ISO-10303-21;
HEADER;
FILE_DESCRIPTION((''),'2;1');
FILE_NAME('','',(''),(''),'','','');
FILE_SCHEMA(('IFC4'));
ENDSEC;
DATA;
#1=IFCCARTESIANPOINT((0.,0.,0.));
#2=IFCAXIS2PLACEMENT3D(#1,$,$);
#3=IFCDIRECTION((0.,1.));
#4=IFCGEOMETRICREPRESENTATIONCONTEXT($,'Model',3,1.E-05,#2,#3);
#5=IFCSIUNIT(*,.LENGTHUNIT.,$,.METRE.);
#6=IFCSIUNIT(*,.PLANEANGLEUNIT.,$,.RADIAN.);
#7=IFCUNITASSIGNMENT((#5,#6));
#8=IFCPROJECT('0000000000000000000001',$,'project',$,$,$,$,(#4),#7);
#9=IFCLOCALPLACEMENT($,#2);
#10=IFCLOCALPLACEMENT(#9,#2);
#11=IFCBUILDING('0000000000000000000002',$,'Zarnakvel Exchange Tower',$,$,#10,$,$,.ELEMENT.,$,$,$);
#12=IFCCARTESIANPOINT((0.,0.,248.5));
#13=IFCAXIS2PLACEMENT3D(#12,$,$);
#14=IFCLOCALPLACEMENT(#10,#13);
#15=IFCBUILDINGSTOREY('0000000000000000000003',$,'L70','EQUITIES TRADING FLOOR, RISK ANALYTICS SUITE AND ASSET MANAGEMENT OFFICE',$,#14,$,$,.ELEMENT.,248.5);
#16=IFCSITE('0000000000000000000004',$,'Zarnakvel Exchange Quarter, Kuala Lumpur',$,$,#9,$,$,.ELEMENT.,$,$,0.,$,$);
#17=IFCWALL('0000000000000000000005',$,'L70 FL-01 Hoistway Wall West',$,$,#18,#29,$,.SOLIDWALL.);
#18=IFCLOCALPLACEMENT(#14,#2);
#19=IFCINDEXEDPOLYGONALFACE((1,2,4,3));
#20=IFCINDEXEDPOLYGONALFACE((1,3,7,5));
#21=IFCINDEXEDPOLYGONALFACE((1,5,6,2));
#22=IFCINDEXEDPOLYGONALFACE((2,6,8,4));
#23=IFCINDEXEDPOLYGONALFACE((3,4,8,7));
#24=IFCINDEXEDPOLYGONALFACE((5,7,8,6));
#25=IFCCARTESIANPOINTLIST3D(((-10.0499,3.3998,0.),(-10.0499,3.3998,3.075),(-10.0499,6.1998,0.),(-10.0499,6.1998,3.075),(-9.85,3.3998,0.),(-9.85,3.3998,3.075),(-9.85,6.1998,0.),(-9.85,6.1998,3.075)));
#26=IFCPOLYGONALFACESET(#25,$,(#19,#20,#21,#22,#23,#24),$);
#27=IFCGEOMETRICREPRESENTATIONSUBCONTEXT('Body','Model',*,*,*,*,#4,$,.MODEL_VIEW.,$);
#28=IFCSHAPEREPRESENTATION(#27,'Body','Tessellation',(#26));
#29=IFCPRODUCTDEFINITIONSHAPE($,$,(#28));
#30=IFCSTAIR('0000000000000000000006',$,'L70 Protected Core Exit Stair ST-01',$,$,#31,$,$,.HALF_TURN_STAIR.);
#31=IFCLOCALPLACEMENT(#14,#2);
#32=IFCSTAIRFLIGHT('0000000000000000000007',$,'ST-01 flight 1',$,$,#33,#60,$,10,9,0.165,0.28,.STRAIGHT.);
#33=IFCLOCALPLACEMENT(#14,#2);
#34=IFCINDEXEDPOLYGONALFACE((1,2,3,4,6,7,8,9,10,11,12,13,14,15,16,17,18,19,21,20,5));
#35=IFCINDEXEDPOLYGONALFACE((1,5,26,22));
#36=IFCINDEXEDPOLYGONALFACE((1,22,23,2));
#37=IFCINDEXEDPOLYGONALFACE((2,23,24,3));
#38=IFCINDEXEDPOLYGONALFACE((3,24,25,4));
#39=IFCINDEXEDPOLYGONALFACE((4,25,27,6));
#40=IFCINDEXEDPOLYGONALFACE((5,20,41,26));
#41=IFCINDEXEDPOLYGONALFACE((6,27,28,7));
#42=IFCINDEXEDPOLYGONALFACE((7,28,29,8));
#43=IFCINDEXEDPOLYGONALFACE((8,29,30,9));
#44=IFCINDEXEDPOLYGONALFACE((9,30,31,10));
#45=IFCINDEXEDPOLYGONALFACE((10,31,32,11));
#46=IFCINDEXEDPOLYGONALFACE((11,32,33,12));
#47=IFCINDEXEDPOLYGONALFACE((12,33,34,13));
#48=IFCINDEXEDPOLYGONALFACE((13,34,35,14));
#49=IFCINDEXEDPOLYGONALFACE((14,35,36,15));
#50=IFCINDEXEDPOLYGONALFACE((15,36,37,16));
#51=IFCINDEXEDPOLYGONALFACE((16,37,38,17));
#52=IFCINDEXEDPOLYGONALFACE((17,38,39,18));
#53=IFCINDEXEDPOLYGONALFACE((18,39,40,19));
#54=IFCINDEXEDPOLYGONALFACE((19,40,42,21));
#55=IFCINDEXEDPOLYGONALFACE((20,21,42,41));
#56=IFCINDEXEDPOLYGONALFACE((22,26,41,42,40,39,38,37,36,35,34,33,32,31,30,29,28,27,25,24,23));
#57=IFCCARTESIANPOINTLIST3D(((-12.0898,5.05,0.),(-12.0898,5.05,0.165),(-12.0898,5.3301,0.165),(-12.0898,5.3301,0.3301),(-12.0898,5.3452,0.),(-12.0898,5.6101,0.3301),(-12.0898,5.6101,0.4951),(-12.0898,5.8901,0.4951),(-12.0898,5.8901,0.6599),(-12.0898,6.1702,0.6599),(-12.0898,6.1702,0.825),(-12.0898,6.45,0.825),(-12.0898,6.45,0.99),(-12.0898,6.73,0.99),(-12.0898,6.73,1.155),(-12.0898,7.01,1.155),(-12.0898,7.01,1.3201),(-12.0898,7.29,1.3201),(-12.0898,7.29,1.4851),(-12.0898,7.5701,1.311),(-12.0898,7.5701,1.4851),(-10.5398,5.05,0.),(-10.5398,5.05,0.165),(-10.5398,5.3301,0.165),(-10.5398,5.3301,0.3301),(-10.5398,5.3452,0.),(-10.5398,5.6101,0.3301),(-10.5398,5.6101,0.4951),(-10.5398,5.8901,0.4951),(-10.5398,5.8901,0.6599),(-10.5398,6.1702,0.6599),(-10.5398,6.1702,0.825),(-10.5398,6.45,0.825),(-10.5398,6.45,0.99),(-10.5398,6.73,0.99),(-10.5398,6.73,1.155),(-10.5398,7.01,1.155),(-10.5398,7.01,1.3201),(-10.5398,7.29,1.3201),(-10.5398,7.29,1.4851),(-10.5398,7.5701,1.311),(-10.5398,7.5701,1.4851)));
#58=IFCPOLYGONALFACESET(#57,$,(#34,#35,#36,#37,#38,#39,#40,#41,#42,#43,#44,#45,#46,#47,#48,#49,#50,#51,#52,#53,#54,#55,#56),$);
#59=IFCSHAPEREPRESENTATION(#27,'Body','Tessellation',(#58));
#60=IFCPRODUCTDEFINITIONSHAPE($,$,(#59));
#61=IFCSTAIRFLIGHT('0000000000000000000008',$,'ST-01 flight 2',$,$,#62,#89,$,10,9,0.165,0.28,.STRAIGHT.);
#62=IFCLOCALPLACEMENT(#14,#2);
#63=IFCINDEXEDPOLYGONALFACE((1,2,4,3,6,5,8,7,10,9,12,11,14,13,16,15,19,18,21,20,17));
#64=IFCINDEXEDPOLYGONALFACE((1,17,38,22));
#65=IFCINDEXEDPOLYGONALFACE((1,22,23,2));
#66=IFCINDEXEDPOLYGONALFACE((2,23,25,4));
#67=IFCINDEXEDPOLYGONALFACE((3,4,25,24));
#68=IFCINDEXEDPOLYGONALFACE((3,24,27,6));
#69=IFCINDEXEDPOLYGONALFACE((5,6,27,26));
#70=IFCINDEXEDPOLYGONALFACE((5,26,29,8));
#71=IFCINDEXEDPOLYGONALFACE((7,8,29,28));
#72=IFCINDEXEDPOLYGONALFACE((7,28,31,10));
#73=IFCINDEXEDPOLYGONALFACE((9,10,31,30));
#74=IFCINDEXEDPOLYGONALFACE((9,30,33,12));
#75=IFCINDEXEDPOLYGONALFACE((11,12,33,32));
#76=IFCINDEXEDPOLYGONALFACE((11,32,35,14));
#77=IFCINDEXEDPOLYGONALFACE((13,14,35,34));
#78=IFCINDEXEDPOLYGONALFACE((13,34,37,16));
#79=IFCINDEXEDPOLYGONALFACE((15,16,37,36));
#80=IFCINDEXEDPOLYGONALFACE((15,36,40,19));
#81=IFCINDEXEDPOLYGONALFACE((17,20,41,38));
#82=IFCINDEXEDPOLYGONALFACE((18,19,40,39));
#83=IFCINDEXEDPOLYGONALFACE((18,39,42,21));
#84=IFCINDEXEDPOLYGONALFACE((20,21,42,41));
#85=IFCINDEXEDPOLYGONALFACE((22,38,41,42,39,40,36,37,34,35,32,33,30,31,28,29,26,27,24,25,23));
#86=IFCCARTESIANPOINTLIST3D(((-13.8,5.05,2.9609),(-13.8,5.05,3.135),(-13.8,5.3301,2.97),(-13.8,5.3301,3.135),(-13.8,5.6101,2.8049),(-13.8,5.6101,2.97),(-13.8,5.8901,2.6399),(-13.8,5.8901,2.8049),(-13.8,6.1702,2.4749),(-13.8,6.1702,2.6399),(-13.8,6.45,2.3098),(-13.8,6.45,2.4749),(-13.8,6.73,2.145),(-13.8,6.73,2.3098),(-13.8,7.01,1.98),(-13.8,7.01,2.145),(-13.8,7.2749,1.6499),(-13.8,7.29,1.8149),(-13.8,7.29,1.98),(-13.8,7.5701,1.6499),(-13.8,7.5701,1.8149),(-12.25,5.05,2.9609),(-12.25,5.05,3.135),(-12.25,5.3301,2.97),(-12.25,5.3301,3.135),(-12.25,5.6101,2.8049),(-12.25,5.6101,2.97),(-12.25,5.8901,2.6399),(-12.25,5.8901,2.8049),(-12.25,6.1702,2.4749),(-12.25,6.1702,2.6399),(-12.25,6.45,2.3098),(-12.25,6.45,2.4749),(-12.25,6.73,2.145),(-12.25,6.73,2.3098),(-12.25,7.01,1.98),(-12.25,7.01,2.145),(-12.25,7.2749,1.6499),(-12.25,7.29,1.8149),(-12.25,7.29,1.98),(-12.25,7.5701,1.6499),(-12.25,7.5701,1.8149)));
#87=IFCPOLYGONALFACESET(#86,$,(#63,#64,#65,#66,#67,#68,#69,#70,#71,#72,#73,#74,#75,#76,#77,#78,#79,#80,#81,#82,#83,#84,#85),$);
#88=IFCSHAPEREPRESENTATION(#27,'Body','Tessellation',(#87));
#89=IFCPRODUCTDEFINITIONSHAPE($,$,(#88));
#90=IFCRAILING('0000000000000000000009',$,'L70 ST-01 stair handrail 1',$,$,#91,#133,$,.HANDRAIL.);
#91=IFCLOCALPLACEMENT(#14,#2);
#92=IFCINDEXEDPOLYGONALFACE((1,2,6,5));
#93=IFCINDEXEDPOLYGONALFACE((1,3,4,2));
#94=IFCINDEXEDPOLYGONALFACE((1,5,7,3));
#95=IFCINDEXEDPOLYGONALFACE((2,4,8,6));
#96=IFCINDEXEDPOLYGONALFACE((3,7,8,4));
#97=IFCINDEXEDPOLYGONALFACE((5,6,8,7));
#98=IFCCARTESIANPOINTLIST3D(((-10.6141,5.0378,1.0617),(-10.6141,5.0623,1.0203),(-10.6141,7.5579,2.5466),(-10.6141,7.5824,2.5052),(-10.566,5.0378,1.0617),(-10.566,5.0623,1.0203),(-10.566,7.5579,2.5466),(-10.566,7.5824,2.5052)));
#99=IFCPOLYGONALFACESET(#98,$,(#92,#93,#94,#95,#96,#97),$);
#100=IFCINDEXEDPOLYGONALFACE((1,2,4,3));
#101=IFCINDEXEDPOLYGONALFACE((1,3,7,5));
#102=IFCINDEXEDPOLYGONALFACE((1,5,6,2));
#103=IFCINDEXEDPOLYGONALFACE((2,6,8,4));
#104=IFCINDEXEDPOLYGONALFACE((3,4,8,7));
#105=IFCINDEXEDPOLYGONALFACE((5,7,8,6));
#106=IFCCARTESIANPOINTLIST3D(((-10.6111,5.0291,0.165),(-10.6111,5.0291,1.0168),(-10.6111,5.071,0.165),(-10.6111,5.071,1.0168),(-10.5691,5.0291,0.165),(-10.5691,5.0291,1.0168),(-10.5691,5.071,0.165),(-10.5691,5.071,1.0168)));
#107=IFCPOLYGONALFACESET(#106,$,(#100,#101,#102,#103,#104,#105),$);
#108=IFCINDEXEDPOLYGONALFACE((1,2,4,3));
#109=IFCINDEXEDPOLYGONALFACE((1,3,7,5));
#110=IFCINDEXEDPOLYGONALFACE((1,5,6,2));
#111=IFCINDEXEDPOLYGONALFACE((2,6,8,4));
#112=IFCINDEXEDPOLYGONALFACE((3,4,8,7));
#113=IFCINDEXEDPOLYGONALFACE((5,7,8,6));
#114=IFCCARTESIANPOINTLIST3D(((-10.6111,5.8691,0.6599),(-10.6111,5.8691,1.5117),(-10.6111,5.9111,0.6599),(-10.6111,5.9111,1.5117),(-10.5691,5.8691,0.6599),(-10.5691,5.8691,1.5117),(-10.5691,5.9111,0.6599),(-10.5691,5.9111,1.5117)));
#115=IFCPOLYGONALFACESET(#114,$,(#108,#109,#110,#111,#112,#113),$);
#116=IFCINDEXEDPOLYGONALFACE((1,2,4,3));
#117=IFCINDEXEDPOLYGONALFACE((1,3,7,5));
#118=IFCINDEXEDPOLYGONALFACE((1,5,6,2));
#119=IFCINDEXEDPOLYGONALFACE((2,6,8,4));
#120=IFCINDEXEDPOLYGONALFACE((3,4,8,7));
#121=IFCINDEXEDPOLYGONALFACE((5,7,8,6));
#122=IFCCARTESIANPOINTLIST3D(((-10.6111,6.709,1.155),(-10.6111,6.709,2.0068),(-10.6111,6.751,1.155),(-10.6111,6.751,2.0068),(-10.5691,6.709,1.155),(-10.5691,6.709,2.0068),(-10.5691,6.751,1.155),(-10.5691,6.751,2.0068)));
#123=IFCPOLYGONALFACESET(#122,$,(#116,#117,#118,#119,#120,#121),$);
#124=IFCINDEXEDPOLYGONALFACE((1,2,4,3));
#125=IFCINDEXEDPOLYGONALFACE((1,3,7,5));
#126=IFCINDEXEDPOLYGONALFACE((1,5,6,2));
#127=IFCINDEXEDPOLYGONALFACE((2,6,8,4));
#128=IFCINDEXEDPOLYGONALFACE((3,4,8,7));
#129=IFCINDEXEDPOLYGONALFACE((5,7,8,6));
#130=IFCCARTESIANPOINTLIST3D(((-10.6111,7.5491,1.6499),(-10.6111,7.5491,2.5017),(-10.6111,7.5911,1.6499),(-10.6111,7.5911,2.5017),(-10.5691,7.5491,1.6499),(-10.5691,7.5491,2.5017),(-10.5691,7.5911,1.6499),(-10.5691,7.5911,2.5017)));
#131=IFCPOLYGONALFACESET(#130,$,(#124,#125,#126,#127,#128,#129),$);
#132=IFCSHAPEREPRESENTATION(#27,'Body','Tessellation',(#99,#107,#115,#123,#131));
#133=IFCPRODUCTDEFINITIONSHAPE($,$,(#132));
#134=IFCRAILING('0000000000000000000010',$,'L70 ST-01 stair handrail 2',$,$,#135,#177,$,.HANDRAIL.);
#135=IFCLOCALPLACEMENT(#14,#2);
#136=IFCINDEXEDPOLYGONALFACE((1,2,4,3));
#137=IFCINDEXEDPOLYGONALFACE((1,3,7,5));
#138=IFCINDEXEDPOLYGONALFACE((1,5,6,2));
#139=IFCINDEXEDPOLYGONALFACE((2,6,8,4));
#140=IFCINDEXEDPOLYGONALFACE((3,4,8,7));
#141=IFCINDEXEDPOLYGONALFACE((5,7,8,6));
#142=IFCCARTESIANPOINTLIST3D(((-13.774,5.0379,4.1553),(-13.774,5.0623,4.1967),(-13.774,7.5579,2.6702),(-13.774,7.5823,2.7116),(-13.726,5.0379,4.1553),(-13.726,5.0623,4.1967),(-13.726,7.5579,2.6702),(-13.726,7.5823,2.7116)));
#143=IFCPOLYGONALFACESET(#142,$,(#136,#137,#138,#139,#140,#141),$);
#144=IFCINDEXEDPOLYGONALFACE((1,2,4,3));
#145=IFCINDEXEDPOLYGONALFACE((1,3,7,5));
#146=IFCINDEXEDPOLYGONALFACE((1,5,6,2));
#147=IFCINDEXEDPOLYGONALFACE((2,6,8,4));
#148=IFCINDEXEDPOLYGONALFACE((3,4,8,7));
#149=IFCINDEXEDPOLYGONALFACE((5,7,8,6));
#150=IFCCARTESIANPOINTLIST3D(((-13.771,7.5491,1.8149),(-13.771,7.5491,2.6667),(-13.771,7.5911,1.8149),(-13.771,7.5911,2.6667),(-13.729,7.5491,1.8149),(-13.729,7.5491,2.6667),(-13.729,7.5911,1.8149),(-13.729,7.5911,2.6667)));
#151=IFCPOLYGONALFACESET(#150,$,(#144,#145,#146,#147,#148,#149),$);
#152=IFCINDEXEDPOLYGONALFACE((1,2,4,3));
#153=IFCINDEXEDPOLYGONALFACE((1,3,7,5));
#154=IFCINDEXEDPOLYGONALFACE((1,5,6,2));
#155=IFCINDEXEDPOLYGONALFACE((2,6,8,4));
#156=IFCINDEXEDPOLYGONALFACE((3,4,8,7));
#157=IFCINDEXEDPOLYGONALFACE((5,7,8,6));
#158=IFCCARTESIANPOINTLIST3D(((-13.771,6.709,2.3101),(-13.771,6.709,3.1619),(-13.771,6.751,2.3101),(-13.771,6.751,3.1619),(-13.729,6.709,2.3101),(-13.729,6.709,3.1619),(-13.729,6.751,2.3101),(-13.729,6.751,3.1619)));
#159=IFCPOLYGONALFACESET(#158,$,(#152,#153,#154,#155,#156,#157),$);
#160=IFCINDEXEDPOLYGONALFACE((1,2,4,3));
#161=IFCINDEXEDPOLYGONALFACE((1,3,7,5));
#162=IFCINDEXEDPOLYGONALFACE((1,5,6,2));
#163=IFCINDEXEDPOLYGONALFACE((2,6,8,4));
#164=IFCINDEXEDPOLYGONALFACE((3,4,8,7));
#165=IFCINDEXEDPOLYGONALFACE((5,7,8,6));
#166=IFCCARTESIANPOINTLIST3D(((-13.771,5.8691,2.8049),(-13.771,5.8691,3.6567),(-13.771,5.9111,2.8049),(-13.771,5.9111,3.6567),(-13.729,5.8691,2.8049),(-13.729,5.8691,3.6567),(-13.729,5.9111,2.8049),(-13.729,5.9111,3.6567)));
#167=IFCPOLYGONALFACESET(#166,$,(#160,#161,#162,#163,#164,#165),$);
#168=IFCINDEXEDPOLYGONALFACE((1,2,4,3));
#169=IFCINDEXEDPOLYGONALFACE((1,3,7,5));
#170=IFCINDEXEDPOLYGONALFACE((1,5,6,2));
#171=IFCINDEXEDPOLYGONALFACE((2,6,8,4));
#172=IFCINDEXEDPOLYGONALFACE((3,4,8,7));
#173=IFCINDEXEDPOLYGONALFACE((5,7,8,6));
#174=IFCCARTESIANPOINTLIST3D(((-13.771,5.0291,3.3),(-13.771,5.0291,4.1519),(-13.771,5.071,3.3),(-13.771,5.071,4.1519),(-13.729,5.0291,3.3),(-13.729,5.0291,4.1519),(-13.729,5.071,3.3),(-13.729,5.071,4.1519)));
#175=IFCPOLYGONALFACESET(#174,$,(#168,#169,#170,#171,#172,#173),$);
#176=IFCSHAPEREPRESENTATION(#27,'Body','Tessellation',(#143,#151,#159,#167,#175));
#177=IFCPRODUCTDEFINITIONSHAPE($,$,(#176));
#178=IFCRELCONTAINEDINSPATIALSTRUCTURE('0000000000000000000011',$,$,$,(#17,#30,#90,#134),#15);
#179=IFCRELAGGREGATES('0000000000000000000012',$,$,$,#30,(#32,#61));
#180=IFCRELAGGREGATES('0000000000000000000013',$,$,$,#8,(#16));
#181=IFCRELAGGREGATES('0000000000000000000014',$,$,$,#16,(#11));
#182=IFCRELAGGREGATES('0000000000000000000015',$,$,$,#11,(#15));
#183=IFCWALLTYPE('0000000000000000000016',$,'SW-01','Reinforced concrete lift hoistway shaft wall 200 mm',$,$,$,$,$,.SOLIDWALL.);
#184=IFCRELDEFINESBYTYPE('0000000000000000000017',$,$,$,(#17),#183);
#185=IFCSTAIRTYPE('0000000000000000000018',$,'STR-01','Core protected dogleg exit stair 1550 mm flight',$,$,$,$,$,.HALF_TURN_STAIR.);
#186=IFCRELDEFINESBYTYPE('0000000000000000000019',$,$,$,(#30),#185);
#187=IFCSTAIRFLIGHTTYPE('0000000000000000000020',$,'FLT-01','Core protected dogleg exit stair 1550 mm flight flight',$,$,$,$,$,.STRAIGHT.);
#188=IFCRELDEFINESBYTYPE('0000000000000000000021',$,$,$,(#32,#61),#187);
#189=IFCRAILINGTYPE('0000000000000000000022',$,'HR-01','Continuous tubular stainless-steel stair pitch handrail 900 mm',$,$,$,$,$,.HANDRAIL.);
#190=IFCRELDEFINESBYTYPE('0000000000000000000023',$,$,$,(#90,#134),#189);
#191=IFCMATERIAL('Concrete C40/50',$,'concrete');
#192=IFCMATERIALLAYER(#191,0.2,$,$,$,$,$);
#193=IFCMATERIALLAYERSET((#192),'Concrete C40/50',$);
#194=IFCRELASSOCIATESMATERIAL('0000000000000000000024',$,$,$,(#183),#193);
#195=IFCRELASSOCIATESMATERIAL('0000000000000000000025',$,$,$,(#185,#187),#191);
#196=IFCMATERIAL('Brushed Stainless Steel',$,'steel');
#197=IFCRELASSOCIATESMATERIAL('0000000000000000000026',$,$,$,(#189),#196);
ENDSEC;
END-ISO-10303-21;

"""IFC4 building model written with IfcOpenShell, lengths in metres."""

from ifc_helpers import new_model, si_unit, direction, frame, frame_2d, origin, origin_2d, place, context, subcontext, project, spatial, polyline, rectangle, outline, extrude, material, layer, layer_set, type_object, element, aggregate, save


model = new_model("IFC4")

# Units and contexts
model_context = context("Model", 3, precision=1e-05, world=origin(), true_north=direction((0.0, 1.0)))
body_context = subcontext(model_context, "Body", "Model", "MODEL_VIEW")
ifc_project = project(units=[si_unit("LENGTHUNIT", "METRE"), si_unit("PLANEANGLEUNIT", "RADIAN")], contexts=[model_context])

# Site, building, storey
site_placement = place(None, origin())
site = spatial("IfcSite", under=ifc_project, at=site_placement, Name="Zarnakvel Exchange Quarter, Kuala Lumpur", CompositionType="ELEMENT", RefElevation=0.0)
building_placement = place(site_placement, origin())
building = spatial("IfcBuilding", under=site, at=building_placement, Name="Zarnakvel Exchange Tower", CompositionType="ELEMENT")
storey_placement = place(building_placement, frame((0.0, 0.0, 248.5)))
storey = spatial("IfcBuildingStorey", under=building, at=storey_placement, Name="L70", Description="EQUITIES TRADING FLOOR, RISK ANALYTICS SUITE AND ASSET MANAGEMENT OFFICE", CompositionType="ELEMENT", Elevation=248.5)

# Wall
ifc_material_1 = material(Name="Concrete C40/50", Category="concrete")
ifc_layer_1 = layer(ifc_material_1, 0.2)
ifc_layer_set_1 = layer_set([ifc_layer_1], Name="Concrete C40/50")
wall_type_1 = type_object("IfcWallType", Name="SW-01", Description="Reinforced concrete lift hoistway shaft wall 200 mm", PredefinedType="SOLIDWALL", material=ifc_layer_set_1)
wall_1_placement = place(storey_placement, frame((-9.95, 3.3999, 0.0), z_axis=(0.0, 0.0, 1.0), x_axis=(0.0, 1.0, 0.0)))
element("IfcWall", 1, at=wall_1_placement, inside=storey, type_object=wall_type_1, Name="L70 FL-01 Hoistway Wall West", PredefinedType="SOLIDWALL", context=body_context, shape_type="SweptSolid", body=[
    extrude(rectangle(XDim=2.8, YDim=0.2, at=frame_2d((1.3999, 0.0))), origin(), (0.0, 0.0, 1.0), 3.075),
])

# Stair, stair flights
stair_type = type_object("IfcStairType", Name="STR-01", Description="Core protected dogleg exit stair 1550 mm flight", PredefinedType="HALF_TURN_STAIR", material=ifc_material_1)
stair_placement = place(storey_placement, origin())
stair = element("IfcStair", 2, at=stair_placement, inside=storey, type_object=stair_type, Name="L70 Protected Core Exit Stair ST-01", PredefinedType="HALF_TURN_STAIR")
stair_flight_type = type_object("IfcStairFlightType", Name="FLT-01", Description="Core protected dogleg exit stair 1550 mm flight flight", PredefinedType="STRAIGHT", material=ifc_material_1)
stair_flight_1_placement = place(storey_placement, frame((-11.3149, 5.05, 0.0), z_axis=(0.0, 0.0, 1.0), x_axis=(0.0, 1.0, 0.0)))
stair_flight_1 = element("IfcStairFlight", 3, at=stair_flight_1_placement, type_object=stair_flight_type, Name="ST-01 flight 1", NumberOfRisers=10, NumberOfTreads=9, PredefinedType="STRAIGHT", RiserHeight=0.165, TreadLength=0.28, context=body_context, shape_type="SweptSolid", body=[
    extrude(outline(polyline([(0.0, 0.0), (0.0, 0.165), (0.28, 0.165), (0.28, 0.3301), (0.5601, 0.3301), (0.5601, 0.4951), (0.8401, 0.4951), (0.8401, 0.6599), (1.1201, 0.6599), (1.1201, 0.825), (1.3999, 0.825), (1.3999, 0.99), (1.6799, 0.99), (1.6799, 1.155), (1.96, 1.155), (1.96, 1.3201), (2.24, 1.3201), (2.24, 1.4851), (2.52, 1.4851), (2.52, 1.6499), (2.52, 1.311), (0.2952, 0.0), (0.0, 0.0)])), frame((0.0, 0.7749, 0.0), z_axis=(0.0, -1.0, 0.0), x_axis=(1.0, 0.0, 0.0)), (0.0, 0.0, 1.0), 1.55),
])
stair_flight_2_placement = place(storey_placement, frame((-13.0249, 7.5701, 1.6499), z_axis=(0.0, 0.0, 1.0), x_axis=(0.0, -1.0, 0.0)))
stair_flight_2 = element("IfcStairFlight", 4, at=stair_flight_2_placement, type_object=stair_flight_type, Name="ST-01 flight 2", NumberOfRisers=10, NumberOfTreads=9, PredefinedType="STRAIGHT", RiserHeight=0.165, TreadLength=0.28, context=body_context, shape_type="SweptSolid", body=[
    extrude(outline(polyline([(0.0, 0.0), (0.0, 0.165), (0.28, 0.165), (0.28, 0.3301), (0.5601, 0.3301), (0.5601, 0.4951), (0.8401, 0.4951), (0.8401, 0.6599), (1.1201, 0.6599), (1.1201, 0.825), (1.3999, 0.825), (1.3999, 0.99), (1.6799, 0.99), (1.6799, 1.155), (1.96, 1.155), (1.96, 1.3201), (2.24, 1.3201), (2.24, 1.4851), (2.52, 1.4851), (2.52, 1.6499), (2.52, 1.311), (0.2952, 0.0), (0.0, 0.0)])), frame((0.0, 0.7749, 0.0), z_axis=(0.0, -1.0, 0.0), x_axis=(1.0, 0.0, 0.0)), (0.0, 0.0, 1.0), 1.55),
])
aggregate(stair, [stair_flight_1, stair_flight_2])

# Railings
ifc_material_2 = material(Name="Brushed Stainless Steel", Category="steel")
railing_type_1 = type_object("IfcRailingType", Name="HR-01", Description="Continuous tubular stainless-steel stair pitch handrail 900 mm", PredefinedType="HANDRAIL", material=ifc_material_2)
railing_1_placement = place(storey_placement, frame((-10.5901, 5.05, 0.165)))
element("IfcRailing", 5, at=railing_1_placement, inside=storey, type_object=railing_type_1, Name="L70 ST-01 stair handrail 1", PredefinedType="HANDRAIL", context=body_context, shape_type="SweptSolid", body=[
    extrude(rectangle(XDim=0.0481, YDim=0.0481, at=origin_2d()), frame((0.0, 0.0, 0.876), z_axis=(0.0, 0.861561, 0.507655), x_axis=(-1.0, 0.0, 0.0)), (0.0, 0.0, 1.0), 2.925),
    extrude(rectangle(XDim=0.042, YDim=0.042, at=origin_2d()), origin(), (0.0, 0.0, 1.0), 0.8518),
    extrude(rectangle(XDim=0.042, YDim=0.042, at=origin_2d()), frame((0.0, 0.8401, 0.4949)), (0.0, 0.0, 1.0), 0.8518),
    extrude(rectangle(XDim=0.042, YDim=0.042, at=origin_2d()), frame((0.0, 1.6799, 0.99)), (0.0, 0.0, 1.0), 0.8518),
    extrude(rectangle(XDim=0.042, YDim=0.042, at=origin_2d()), frame((0.0, 2.52, 1.4849)), (0.0, 0.0, 1.0), 0.8518),
])
railing_2_placement = place(storey_placement, frame((-13.75, 7.5701, 1.8149)))
element("IfcRailing", 6, at=railing_2_placement, inside=storey, type_object=railing_type_1, Name="L70 ST-01 stair handrail 2", PredefinedType="HANDRAIL", context=body_context, shape_type="SweptSolid", body=[
    extrude(rectangle(XDim=0.0481, YDim=0.0481, at=origin_2d()), frame((0.0, 0.0, 0.876), z_axis=(0.0, -0.861524, 0.507717), x_axis=(1.0, 0.0, 0.0)), (0.0, 0.0, 1.0), 2.925),
    extrude(rectangle(XDim=0.042, YDim=0.042, at=origin_2d()), origin(), (0.0, 0.0, 1.0), 0.8518),
    extrude(rectangle(XDim=0.042, YDim=0.042, at=origin_2d()), frame((0.0, -0.8401, 0.4951)), (0.0, 0.0, 1.0), 0.8518),
    extrude(rectangle(XDim=0.042, YDim=0.042, at=origin_2d()), frame((0.0, -1.6799, 0.99)), (0.0, 0.0, 1.0), 0.8518),
    extrude(rectangle(XDim=0.042, YDim=0.042, at=origin_2d()), frame((0.0, -2.52, 1.4851)), (0.0, 0.0, 1.0), 0.8518),
])

save(model, "model.ifc")
